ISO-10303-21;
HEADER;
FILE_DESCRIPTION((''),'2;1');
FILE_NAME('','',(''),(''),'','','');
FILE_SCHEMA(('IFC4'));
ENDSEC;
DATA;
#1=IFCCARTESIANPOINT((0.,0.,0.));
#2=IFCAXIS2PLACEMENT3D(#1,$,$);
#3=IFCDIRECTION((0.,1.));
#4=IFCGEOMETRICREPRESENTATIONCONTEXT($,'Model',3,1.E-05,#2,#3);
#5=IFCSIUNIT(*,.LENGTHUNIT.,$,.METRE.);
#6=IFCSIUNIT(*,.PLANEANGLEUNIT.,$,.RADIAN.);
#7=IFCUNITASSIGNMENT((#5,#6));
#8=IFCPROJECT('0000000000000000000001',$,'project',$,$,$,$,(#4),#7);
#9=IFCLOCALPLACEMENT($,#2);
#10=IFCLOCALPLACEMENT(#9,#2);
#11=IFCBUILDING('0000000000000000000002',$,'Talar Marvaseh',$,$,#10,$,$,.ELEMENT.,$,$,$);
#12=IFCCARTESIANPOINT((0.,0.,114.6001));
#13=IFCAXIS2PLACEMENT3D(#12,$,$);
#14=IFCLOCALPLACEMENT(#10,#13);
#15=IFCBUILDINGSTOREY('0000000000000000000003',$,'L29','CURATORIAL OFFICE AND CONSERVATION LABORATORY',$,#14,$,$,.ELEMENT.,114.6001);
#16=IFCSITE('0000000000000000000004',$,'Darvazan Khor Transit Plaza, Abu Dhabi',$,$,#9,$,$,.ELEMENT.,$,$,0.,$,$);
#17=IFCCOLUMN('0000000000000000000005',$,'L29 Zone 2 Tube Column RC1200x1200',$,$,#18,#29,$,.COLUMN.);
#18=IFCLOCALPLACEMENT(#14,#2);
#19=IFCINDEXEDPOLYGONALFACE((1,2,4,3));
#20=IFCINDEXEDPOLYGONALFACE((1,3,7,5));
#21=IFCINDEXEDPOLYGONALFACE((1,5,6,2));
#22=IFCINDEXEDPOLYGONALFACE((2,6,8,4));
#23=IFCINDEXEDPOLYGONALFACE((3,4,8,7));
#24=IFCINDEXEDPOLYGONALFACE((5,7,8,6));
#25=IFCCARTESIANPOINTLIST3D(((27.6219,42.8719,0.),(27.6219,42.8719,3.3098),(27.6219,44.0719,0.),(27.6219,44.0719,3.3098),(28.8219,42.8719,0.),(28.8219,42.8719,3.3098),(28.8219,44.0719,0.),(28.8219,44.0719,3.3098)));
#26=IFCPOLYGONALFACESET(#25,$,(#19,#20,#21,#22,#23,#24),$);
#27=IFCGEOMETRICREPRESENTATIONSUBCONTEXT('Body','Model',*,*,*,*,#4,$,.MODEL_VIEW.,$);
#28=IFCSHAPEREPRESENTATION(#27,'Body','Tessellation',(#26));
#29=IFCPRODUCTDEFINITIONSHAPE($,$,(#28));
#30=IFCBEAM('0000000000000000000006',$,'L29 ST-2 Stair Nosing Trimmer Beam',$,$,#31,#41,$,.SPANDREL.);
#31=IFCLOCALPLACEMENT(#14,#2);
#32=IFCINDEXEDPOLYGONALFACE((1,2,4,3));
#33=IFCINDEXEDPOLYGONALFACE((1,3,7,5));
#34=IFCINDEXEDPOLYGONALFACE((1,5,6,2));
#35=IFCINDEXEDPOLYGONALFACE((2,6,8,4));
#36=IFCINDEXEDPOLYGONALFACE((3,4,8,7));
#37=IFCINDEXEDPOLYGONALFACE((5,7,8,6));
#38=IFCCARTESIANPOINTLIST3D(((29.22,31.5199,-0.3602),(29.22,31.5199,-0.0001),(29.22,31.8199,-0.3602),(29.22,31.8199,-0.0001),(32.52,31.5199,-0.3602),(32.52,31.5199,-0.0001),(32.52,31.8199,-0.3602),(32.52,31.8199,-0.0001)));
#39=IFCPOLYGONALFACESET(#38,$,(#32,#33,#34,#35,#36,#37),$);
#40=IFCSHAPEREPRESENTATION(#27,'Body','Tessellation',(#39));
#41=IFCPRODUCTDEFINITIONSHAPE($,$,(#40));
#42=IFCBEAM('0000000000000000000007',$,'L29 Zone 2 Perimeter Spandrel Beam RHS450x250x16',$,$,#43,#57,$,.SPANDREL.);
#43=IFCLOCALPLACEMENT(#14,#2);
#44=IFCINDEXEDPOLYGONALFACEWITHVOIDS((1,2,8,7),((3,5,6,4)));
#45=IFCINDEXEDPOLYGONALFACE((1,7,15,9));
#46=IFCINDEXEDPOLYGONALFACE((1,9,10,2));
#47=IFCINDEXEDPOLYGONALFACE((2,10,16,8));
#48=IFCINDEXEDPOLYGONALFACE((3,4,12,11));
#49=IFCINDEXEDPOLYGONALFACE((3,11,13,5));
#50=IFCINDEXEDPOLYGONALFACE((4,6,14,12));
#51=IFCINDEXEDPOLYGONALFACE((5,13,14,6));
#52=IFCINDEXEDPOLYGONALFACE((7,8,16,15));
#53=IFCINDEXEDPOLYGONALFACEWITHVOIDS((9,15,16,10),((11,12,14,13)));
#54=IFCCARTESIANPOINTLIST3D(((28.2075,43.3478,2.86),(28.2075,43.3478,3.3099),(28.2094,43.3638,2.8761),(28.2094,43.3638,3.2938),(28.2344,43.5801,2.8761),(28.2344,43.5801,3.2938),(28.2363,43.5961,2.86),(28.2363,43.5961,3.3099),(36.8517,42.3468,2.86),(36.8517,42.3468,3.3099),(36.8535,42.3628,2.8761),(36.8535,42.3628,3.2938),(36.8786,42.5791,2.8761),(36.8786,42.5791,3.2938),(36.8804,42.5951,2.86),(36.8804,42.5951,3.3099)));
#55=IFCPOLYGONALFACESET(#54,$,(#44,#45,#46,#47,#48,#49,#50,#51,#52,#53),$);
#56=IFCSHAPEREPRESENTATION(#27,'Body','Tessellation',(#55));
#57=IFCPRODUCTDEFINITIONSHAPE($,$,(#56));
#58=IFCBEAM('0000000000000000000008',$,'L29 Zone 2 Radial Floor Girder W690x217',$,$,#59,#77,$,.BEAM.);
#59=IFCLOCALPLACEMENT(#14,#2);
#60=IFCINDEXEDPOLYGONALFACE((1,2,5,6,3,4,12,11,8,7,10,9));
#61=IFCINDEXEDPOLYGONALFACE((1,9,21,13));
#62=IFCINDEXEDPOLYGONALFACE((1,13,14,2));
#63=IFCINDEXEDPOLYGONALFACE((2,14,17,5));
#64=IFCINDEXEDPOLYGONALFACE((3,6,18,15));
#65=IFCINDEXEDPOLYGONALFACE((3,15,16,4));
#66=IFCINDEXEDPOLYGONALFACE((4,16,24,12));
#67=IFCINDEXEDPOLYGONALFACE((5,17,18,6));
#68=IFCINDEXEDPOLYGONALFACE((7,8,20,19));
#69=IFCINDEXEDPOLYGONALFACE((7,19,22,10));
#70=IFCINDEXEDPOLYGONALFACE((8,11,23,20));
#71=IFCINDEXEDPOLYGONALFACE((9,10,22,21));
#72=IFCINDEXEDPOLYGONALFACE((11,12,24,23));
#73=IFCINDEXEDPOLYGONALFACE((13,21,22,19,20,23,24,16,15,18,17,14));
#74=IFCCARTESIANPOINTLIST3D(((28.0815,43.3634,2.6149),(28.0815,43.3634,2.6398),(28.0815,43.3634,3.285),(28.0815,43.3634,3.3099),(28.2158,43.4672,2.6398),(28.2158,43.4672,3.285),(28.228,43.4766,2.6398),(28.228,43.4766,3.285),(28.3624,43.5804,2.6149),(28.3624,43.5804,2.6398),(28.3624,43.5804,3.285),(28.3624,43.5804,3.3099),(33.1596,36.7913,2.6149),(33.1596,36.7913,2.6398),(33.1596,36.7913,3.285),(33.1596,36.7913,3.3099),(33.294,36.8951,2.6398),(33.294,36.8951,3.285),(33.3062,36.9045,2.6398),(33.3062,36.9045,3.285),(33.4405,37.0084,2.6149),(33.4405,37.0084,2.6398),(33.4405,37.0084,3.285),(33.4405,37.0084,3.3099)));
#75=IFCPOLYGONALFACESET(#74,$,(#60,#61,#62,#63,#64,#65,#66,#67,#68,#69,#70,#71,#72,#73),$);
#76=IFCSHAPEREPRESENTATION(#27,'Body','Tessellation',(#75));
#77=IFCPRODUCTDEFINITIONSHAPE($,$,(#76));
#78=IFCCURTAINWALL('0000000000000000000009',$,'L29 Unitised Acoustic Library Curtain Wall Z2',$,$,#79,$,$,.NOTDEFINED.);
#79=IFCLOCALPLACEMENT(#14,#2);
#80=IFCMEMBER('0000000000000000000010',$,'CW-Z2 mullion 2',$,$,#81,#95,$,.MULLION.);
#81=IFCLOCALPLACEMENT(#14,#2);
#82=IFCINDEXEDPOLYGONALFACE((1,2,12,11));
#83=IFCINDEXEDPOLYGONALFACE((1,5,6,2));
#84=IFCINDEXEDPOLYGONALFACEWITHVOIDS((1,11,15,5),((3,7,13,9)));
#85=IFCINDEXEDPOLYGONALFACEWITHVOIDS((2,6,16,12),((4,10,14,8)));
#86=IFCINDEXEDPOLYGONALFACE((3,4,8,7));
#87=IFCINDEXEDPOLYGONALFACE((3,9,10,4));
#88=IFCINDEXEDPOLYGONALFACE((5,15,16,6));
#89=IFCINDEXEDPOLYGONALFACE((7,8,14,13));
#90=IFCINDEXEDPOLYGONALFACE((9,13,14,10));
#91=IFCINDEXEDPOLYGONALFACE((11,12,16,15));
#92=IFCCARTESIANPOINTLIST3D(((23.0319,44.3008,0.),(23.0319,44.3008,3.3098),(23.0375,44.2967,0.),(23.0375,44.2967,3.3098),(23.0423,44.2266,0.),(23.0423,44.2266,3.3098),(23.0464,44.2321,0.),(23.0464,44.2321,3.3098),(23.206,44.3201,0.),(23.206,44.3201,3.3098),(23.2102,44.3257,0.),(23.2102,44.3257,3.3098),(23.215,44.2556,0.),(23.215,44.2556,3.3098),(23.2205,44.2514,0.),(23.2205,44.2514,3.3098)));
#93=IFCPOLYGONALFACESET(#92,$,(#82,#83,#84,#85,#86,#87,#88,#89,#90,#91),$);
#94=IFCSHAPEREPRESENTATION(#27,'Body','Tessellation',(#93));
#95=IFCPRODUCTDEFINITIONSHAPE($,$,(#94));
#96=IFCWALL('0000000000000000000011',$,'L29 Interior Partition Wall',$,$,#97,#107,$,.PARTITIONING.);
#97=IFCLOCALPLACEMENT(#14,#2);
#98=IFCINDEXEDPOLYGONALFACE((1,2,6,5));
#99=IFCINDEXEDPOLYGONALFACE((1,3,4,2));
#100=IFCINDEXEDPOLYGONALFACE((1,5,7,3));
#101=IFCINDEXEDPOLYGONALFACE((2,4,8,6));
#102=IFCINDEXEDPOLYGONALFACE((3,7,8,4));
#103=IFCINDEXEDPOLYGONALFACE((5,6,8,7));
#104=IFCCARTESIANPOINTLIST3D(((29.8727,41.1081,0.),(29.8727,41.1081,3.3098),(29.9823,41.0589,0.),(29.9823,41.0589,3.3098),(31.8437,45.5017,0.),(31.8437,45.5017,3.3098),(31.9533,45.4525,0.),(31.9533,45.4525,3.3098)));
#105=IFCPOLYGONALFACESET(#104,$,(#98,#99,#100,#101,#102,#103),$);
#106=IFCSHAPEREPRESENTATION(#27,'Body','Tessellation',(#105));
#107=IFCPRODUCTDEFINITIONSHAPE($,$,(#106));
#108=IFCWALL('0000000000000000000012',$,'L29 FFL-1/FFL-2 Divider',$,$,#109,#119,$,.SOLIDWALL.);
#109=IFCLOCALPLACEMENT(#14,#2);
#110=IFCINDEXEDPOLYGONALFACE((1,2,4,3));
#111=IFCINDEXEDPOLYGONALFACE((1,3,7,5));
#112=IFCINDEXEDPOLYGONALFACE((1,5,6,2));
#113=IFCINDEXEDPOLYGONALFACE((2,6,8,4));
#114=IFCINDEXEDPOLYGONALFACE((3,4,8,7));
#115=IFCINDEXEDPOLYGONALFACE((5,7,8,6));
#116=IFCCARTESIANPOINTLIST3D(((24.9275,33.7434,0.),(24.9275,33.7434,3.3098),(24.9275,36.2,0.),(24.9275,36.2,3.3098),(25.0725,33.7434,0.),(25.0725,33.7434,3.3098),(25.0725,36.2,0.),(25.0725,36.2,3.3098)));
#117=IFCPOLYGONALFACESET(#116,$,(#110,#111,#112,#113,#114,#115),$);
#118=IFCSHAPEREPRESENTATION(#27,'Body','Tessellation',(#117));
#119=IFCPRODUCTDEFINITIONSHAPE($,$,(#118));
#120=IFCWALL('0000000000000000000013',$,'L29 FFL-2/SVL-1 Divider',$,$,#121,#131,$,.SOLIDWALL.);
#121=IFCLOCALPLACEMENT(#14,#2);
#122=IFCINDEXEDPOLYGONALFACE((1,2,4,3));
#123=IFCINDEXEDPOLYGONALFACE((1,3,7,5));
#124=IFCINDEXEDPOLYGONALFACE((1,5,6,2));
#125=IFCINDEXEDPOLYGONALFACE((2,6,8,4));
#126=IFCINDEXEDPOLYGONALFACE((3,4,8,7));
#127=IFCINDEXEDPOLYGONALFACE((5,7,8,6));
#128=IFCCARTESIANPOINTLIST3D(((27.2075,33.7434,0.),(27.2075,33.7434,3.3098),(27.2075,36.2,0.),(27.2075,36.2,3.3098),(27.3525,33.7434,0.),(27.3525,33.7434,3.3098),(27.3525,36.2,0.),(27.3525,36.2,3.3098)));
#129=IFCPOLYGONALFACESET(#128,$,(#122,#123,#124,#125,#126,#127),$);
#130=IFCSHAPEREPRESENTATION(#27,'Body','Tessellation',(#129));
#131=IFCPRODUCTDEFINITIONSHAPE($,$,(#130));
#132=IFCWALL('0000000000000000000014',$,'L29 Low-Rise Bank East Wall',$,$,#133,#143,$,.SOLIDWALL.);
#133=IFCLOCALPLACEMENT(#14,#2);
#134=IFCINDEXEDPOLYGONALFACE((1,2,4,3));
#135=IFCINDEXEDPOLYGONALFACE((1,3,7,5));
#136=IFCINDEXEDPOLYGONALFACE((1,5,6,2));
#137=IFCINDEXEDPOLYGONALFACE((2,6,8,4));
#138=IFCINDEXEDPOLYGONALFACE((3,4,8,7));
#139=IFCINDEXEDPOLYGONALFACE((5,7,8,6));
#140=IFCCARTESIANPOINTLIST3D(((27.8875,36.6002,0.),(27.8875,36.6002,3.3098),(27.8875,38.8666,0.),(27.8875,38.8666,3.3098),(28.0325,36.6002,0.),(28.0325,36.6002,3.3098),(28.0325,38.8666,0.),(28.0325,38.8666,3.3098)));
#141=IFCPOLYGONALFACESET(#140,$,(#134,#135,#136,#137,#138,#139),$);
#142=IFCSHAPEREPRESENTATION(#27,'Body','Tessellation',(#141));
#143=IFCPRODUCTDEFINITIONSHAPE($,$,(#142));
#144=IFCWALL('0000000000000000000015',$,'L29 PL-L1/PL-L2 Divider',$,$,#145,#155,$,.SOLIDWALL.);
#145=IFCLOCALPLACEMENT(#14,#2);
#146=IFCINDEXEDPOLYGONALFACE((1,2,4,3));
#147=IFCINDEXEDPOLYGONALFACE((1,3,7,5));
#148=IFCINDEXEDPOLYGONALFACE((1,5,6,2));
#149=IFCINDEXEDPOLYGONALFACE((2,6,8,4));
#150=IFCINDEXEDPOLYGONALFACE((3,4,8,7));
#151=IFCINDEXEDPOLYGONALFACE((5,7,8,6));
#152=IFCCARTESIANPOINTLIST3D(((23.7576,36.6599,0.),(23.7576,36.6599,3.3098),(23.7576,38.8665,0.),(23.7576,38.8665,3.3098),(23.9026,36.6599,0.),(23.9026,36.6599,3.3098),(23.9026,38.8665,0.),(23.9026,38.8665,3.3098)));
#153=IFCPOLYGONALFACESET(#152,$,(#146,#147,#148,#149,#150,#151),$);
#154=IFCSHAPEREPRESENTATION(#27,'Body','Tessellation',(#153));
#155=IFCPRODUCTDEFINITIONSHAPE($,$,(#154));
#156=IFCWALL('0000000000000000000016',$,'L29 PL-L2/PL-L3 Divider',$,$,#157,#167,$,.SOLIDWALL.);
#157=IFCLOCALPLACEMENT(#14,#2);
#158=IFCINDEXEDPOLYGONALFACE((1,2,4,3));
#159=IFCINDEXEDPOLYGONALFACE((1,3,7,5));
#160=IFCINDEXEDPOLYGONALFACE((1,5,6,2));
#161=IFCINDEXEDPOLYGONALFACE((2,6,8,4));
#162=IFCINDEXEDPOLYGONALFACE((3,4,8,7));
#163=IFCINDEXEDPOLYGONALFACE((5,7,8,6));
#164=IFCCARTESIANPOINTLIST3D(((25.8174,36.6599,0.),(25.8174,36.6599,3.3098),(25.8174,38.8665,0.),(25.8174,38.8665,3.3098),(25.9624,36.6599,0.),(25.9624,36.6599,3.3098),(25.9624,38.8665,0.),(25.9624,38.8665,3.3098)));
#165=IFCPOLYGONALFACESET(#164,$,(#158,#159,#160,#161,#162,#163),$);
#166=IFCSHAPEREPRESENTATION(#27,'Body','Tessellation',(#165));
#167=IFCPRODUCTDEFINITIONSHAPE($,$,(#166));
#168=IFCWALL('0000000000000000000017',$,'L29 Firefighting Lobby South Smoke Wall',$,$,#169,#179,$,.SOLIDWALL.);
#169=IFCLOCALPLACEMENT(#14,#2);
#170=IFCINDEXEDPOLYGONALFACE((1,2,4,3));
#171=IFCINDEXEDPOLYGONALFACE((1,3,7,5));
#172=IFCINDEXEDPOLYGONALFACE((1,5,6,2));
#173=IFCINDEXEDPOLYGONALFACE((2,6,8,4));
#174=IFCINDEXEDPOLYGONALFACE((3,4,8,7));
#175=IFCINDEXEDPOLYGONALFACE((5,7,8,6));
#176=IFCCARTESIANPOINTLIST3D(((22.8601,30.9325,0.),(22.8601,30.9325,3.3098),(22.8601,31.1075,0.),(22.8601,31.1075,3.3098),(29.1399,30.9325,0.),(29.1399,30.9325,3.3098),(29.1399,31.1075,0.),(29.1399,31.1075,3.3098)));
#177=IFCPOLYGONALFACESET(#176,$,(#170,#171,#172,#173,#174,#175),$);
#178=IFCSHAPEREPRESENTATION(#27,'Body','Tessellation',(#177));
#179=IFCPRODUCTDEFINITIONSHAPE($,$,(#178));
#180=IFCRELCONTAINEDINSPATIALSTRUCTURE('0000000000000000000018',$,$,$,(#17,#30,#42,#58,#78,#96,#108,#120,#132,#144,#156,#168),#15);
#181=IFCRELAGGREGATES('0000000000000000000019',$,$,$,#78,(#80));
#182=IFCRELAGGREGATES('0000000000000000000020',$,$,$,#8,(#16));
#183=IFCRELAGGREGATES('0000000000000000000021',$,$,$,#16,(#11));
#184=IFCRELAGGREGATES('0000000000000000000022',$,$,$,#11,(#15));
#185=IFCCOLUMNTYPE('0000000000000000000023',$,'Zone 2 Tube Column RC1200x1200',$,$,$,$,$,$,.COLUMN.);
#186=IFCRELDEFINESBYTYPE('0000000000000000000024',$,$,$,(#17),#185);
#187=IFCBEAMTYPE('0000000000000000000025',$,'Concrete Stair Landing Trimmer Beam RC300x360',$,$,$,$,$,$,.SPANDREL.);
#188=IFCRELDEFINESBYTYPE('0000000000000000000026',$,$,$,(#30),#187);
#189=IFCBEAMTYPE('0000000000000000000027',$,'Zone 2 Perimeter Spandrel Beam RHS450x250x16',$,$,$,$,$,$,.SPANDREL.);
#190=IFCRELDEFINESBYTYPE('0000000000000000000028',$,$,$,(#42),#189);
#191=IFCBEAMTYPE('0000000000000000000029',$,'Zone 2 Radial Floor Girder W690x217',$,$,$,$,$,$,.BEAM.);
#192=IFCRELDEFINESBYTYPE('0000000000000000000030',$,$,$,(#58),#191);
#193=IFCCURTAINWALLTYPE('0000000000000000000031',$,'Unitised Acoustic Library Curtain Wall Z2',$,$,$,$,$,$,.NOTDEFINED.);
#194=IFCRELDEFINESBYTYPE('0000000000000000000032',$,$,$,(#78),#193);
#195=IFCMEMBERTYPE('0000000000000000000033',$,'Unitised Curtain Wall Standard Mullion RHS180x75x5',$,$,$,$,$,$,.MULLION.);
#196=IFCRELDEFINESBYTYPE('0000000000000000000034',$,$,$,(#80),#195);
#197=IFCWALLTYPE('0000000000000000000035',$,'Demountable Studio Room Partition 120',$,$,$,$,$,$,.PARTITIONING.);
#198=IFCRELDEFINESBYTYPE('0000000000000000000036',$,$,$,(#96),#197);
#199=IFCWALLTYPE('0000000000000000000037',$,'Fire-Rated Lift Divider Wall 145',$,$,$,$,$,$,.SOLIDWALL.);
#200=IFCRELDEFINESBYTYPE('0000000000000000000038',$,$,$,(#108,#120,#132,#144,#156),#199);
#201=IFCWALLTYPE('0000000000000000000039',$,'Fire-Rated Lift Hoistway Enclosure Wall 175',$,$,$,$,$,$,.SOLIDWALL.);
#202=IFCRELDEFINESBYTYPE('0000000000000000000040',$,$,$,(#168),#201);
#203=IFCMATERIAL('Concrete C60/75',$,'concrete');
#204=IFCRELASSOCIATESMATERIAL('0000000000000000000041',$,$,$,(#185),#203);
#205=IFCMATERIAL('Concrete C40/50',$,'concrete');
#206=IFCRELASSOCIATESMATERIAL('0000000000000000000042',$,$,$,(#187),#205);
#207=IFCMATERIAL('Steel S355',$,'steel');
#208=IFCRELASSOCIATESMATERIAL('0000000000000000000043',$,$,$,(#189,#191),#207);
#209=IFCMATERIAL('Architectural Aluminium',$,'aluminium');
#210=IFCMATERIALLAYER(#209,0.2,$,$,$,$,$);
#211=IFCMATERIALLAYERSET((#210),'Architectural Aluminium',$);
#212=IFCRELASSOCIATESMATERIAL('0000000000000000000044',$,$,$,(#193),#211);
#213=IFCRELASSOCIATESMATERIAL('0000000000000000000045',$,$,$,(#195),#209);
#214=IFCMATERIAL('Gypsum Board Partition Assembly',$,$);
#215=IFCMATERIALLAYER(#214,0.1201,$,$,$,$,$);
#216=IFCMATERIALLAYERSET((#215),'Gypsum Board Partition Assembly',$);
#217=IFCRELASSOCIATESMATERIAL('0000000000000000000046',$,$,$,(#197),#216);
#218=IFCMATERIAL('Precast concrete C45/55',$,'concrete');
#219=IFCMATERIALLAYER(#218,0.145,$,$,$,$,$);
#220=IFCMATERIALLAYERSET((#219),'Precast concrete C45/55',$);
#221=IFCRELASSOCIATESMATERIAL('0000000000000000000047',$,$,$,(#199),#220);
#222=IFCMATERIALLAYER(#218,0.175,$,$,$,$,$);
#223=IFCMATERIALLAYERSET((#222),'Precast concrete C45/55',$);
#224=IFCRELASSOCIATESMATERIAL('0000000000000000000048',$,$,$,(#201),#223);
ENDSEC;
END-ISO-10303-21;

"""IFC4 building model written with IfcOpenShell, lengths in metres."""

from ifc_helpers import new_model, si_unit, direction, frame, frame_2d, origin, origin_2d, place, context, subcontext, project, spatial, rectangle, hollow_rectangle, i_section, extrude, source, transform, mapped, material, layer, layer_set, material_profile, profile_set, type_object, type_shapes, element, aggregate, save


model = new_model("IFC4")

# Units and contexts
model_context = context("Model", 3, precision=1e-05, world=origin(), true_north=direction((0.0, 1.0)))
body_context = subcontext(model_context, "Body", "Model", "MODEL_VIEW")
ifc_project = project(units=[si_unit("LENGTHUNIT", "METRE"), si_unit("PLANEANGLEUNIT", "RADIAN")], contexts=[model_context])

# Site, building, storey
site_placement = place(None, origin())
site = spatial("IfcSite", under=ifc_project, at=site_placement, Name="Darvazan Khor Transit Plaza, Abu Dhabi", CompositionType="ELEMENT", RefElevation=0.0)
building_placement = place(site_placement, origin())
building = spatial("IfcBuilding", under=site, at=building_placement, Name="Talar Marvaseh", CompositionType="ELEMENT")
storey_placement = place(building_placement, frame((0.0, 0.0, 114.6001)))
storey = spatial("IfcBuildingStorey", under=building, at=storey_placement, Name="L29", Description="CURATORIAL OFFICE AND CONSERVATION LABORATORY", CompositionType="ELEMENT", Elevation=114.6001)

# Column
ifc_material_1 = material(Name="Concrete C60/75", Category="concrete")
ifc_material_profile_1 = material_profile(ifc_material_1, rectangle(XDim=1.2, YDim=1.2, at=origin_2d()), Name="RC1200x1200")
ifc_profile_set_1 = profile_set([ifc_material_profile_1], Name="Concrete C60/75")
column_type = type_object("IfcColumnType", Name="Zone 2 Tube Column RC1200x1200", PredefinedType="COLUMN", material=ifc_profile_set_1)
column_placement = place(storey_placement, frame((28.2219, 43.4719, 0.0), z_axis=(0.0, 0.0, 1.0), x_axis=(1.0, 0.0, 0.0)))
element("IfcColumn", 1, at=column_placement, inside=storey, type_object=column_type, Name="L29 Zone 2 Tube Column RC1200x1200", PredefinedType="COLUMN", context=body_context, shape_type="SweptSolid", body=[
    extrude(rectangle(XDim=1.2, YDim=1.2, at=origin_2d()), origin(), (0.0, 0.0, 1.0), 3.3098),
])

# Beams
ifc_material_2 = material(Name="Concrete C40/50", Category="concrete")
ifc_material_profile_2 = material_profile(ifc_material_2, rectangle(XDim=0.3, YDim=0.3601, at=origin_2d()), Name="RC300x360")
ifc_profile_set_2 = profile_set([ifc_material_profile_2], Name="Concrete C40/50")
beam_type_1 = type_object("IfcBeamType", Name="Concrete Stair Landing Trimmer Beam RC300x360", PredefinedType="SPANDREL", material=ifc_profile_set_2)
beam_1_placement = place(storey_placement, frame((29.22, 31.6699, -0.1802), z_axis=(1.0, 0.0, 0.0), x_axis=(0.0, 1.0, 0.0)))
element("IfcBeam", 2, at=beam_1_placement, inside=storey, type_object=beam_type_1, Name="L29 ST-2 Stair Nosing Trimmer Beam", PredefinedType="SPANDREL", context=body_context, shape_type="SweptSolid", body=[
    extrude(rectangle(XDim=0.3, YDim=0.3601, at=origin_2d()), origin(), (0.0, 0.0, 1.0), 3.3),
])
ifc_material_3 = material(Name="Steel S355", Category="steel")
ifc_material_profile_3 = material_profile(ifc_material_3, hollow_rectangle(XDim=0.25, YDim=0.45, WallThickness=0.0161, at=origin_2d()), Name="RHS450x250x16")
ifc_profile_set_3 = profile_set([ifc_material_profile_3], Name="Steel S355")
beam_type_2 = type_object("IfcBeamType", Name="Zone 2 Perimeter Spandrel Beam RHS450x250x16", PredefinedType="SPANDREL", material=ifc_profile_set_3)
beam_2_placement = place(storey_placement, frame((28.2219, 43.4719, 3.085), z_axis=(0.993362, -0.115031, 0.0), x_axis=(0.115031, 0.993362, 0.0)))
element("IfcBeam", 3, at=beam_2_placement, inside=storey, type_object=beam_type_2, Name="L29 Zone 2 Perimeter Spandrel Beam RHS450x250x16", PredefinedType="SPANDREL", context=body_context, shape_type="SweptSolid", body=[
    extrude(hollow_rectangle(XDim=0.25, YDim=0.45, WallThickness=0.0161, at=origin_2d()), origin(), (0.0, 0.0, 1.0), 8.7019),
])
ifc_material_profile_4 = material_profile(ifc_material_3, i_section(OverallWidth=0.355, OverallDepth=0.6951, WebThickness=0.0154, FlangeThickness=0.0249, at=origin_2d()), Name="W690x217")
ifc_profile_set_4 = profile_set([ifc_material_profile_4], Name="Steel S355")
beam_type_3 = type_object("IfcBeamType", Name="Zone 2 Radial Floor Girder W690x217", PredefinedType="BEAM", material=ifc_profile_set_4)
beam_3_placement = place(storey_placement, frame((28.2219, 43.4719, 2.9624), z_axis=(0.611428, -0.7913, 0.0), x_axis=(0.7913, 0.611428, 0.0)))
element("IfcBeam", 4, at=beam_3_placement, inside=storey, type_object=beam_type_3, Name="L29 Zone 2 Radial Floor Girder W690x217", PredefinedType="BEAM", context=body_context, shape_type="SweptSolid", body=[
    extrude(i_section(OverallWidth=0.355, OverallDepth=0.6951, WebThickness=0.0154, FlangeThickness=0.0249, at=origin_2d()), origin(), (0.0, 0.0, 1.0), 8.3054),
])

# Curtain wall, member
ifc_material_4 = material(Name="Architectural Aluminium", Category="aluminium")
ifc_layer_1 = layer(ifc_material_4, 0.2)
ifc_layer_set_1 = layer_set([ifc_layer_1], Name="Architectural Aluminium")
curtain_wall_type = type_object("IfcCurtainWallType", Name="Unitised Acoustic Library Curtain Wall Z2", PredefinedType="NOTDEFINED", material=ifc_layer_set_1)
curtain_wall_placement = place(storey_placement, origin())
curtain_wall = element("IfcCurtainWall", 5, at=curtain_wall_placement, inside=storey, type_object=curtain_wall_type, Name="L29 Unitised Acoustic Library Curtain Wall Z2", PredefinedType="NOTDEFINED")
ifc_material_profile_5 = material_profile(ifc_material_4, hollow_rectangle(XDim=0.075, YDim=0.1799, WallThickness=0.0049, at=origin_2d()), Name="RHS180x75x5")
ifc_profile_set_5 = profile_set([ifc_material_profile_5], Name="Architectural Aluminium")
member_type = type_object("IfcMemberType", Name="Unitised Curtain Wall Standard Mullion RHS180x75x5", PredefinedType="MULLION", material=ifc_profile_set_5)
shared_shape_1 = source(origin(), body_context, "Body", "SweptSolid", [
    extrude(hollow_rectangle(XDim=0.075, YDim=0.1799, WallThickness=0.0049, at=origin_2d()), origin(), (0.0, 0.0, 1.0), 3.3098),
])
type_shapes(member_type, [shared_shape_1])
member_placement = place(storey_placement, frame((23.1262, 44.2761, 0.0), z_axis=(0.0, 0.0, 1.0), x_axis=(-0.137997, 0.990433, 0.0)))
member = element("IfcMember", 6, at=member_placement, type_object=member_type, Name="CW-Z2 mullion 2", PredefinedType="MULLION", context=body_context, shape_type="MappedRepresentation", body=[
    mapped(shared_shape_1, transform((0.0, 0.0, 0.0), x_axis=(1.0, 0.0, 0.0), y_axis=(0.0, 1.0, 0.0), z_axis=(0.0, 0.0, 1.0), scale=1.0)),
])
aggregate(curtain_wall, [member])

# Walls
ifc_material_5 = material(Name="Gypsum Board Partition Assembly")
ifc_layer_2 = layer(ifc_material_5, 0.1201)
ifc_layer_set_2 = layer_set([ifc_layer_2], Name="Gypsum Board Partition Assembly")
wall_type_1 = type_object("IfcWallType", Name="Demountable Studio Room Partition 120", PredefinedType="PARTITIONING", material=ifc_layer_set_2)
wall_1_placement = place(storey_placement, frame((29.9275, 41.0835, 0.0), z_axis=(0.0, 0.0, 1.0), x_axis=(0.409302, 0.912399, 0.0)))
element("IfcWall", 7, at=wall_1_placement, inside=storey, type_object=wall_type_1, Name="L29 Interior Partition Wall", PredefinedType="PARTITIONING", context=body_context, shape_type="SweptSolid", body=[
    extrude(rectangle(XDim=4.8154, YDim=0.1201, at=frame_2d((2.4077, 0.0))), origin(), (0.0, 0.0, 1.0), 3.3098),
])
ifc_material_6 = material(Name="Precast concrete C45/55", Category="concrete")
ifc_layer_3 = layer(ifc_material_6, 0.145)
ifc_layer_set_3 = layer_set([ifc_layer_3], Name="Precast concrete C45/55")
wall_type_2 = type_object("IfcWallType", Name="Fire-Rated Lift Divider Wall 145", PredefinedType="SOLIDWALL", material=ifc_layer_set_3)
for number, where, z_axis, x_axis, name in (
    (8, (25.0, 33.7434, 0.0), (0.0, 0.0, 1.0), (0.0, 1.0, 0.0), "L29 FFL-1/FFL-2 Divider"),
    (9, (27.28, 33.7434, 0.0), (0.0, 0.0, 1.0), (0.0, 1.0, 0.0), "L29 FFL-2/SVL-1 Divider"),
):
    element("IfcWall", number, at=place(storey_placement, frame(where, z_axis=z_axis, x_axis=x_axis)), inside=storey, type_object=wall_type_2, Name=name, PredefinedType="SOLIDWALL", context=body_context, shape_type="SweptSolid", body=[
        extrude(rectangle(XDim=2.4565, YDim=0.145, at=frame_2d((1.2283, 0.0))), origin(), (0.0, 0.0, 1.0), 3.3098),
    ])
wall_2_placement = place(storey_placement, frame((27.96, 36.6001, 0.0), z_axis=(0.0, 0.0, 1.0), x_axis=(0.0, 1.0, 0.0)))
element("IfcWall", 10, at=wall_2_placement, inside=storey, type_object=wall_type_2, Name="L29 Low-Rise Bank East Wall", PredefinedType="SOLIDWALL", context=body_context, shape_type="SweptSolid", body=[
    extrude(rectangle(XDim=2.2664, YDim=0.145, at=frame_2d((1.1333, 0.0))), origin(), (0.0, 0.0, 1.0), 3.3098),
])
for number, where, z_axis, x_axis, name in (
    (11, (23.8301, 36.6599, 0.0), (0.0, 0.0, 1.0), (0.0, 1.0, 0.0), "L29 PL-L1/PL-L2 Divider"),
    (12, (25.8899, 36.6599, 0.0), (0.0, 0.0, 1.0), (0.0, 1.0, 0.0), "L29 PL-L2/PL-L3 Divider"),
):
    element("IfcWall", number, at=place(storey_placement, frame(where, z_axis=z_axis, x_axis=x_axis)), inside=storey, type_object=wall_type_2, Name=name, PredefinedType="SOLIDWALL", context=body_context, shape_type="SweptSolid", body=[
        extrude(rectangle(XDim=2.2065, YDim=0.145, at=frame_2d((1.1033, 0.0))), origin(), (0.0, 0.0, 1.0), 3.3098),
    ])

# Shared definitions
ifc_layer_4 = layer(ifc_material_6, 0.175)
ifc_layer_set_4 = layer_set([ifc_layer_4], Name="Precast concrete C45/55")
wall_type_3 = type_object("IfcWallType", Name="Fire-Rated Lift Hoistway Enclosure Wall 175", PredefinedType="SOLIDWALL", material=ifc_layer_set_4)

# Wall
wall_3_placement = place(storey_placement, frame((22.8601, 31.02, 0.0), z_axis=(0.0, 0.0, 1.0), x_axis=(1.0, 0.0, 0.0)))
element("IfcWall", 13, at=wall_3_placement, inside=storey, type_object=wall_type_3, Name="L29 Firefighting Lobby South Smoke Wall", PredefinedType="SOLIDWALL", context=body_context, shape_type="SweptSolid", body=[
    extrude(rectangle(XDim=6.2798, YDim=0.175, at=frame_2d((3.1399, 0.0))), origin(), (0.0, 0.0, 1.0), 3.3098),
])

save(model, "model.ifc")
